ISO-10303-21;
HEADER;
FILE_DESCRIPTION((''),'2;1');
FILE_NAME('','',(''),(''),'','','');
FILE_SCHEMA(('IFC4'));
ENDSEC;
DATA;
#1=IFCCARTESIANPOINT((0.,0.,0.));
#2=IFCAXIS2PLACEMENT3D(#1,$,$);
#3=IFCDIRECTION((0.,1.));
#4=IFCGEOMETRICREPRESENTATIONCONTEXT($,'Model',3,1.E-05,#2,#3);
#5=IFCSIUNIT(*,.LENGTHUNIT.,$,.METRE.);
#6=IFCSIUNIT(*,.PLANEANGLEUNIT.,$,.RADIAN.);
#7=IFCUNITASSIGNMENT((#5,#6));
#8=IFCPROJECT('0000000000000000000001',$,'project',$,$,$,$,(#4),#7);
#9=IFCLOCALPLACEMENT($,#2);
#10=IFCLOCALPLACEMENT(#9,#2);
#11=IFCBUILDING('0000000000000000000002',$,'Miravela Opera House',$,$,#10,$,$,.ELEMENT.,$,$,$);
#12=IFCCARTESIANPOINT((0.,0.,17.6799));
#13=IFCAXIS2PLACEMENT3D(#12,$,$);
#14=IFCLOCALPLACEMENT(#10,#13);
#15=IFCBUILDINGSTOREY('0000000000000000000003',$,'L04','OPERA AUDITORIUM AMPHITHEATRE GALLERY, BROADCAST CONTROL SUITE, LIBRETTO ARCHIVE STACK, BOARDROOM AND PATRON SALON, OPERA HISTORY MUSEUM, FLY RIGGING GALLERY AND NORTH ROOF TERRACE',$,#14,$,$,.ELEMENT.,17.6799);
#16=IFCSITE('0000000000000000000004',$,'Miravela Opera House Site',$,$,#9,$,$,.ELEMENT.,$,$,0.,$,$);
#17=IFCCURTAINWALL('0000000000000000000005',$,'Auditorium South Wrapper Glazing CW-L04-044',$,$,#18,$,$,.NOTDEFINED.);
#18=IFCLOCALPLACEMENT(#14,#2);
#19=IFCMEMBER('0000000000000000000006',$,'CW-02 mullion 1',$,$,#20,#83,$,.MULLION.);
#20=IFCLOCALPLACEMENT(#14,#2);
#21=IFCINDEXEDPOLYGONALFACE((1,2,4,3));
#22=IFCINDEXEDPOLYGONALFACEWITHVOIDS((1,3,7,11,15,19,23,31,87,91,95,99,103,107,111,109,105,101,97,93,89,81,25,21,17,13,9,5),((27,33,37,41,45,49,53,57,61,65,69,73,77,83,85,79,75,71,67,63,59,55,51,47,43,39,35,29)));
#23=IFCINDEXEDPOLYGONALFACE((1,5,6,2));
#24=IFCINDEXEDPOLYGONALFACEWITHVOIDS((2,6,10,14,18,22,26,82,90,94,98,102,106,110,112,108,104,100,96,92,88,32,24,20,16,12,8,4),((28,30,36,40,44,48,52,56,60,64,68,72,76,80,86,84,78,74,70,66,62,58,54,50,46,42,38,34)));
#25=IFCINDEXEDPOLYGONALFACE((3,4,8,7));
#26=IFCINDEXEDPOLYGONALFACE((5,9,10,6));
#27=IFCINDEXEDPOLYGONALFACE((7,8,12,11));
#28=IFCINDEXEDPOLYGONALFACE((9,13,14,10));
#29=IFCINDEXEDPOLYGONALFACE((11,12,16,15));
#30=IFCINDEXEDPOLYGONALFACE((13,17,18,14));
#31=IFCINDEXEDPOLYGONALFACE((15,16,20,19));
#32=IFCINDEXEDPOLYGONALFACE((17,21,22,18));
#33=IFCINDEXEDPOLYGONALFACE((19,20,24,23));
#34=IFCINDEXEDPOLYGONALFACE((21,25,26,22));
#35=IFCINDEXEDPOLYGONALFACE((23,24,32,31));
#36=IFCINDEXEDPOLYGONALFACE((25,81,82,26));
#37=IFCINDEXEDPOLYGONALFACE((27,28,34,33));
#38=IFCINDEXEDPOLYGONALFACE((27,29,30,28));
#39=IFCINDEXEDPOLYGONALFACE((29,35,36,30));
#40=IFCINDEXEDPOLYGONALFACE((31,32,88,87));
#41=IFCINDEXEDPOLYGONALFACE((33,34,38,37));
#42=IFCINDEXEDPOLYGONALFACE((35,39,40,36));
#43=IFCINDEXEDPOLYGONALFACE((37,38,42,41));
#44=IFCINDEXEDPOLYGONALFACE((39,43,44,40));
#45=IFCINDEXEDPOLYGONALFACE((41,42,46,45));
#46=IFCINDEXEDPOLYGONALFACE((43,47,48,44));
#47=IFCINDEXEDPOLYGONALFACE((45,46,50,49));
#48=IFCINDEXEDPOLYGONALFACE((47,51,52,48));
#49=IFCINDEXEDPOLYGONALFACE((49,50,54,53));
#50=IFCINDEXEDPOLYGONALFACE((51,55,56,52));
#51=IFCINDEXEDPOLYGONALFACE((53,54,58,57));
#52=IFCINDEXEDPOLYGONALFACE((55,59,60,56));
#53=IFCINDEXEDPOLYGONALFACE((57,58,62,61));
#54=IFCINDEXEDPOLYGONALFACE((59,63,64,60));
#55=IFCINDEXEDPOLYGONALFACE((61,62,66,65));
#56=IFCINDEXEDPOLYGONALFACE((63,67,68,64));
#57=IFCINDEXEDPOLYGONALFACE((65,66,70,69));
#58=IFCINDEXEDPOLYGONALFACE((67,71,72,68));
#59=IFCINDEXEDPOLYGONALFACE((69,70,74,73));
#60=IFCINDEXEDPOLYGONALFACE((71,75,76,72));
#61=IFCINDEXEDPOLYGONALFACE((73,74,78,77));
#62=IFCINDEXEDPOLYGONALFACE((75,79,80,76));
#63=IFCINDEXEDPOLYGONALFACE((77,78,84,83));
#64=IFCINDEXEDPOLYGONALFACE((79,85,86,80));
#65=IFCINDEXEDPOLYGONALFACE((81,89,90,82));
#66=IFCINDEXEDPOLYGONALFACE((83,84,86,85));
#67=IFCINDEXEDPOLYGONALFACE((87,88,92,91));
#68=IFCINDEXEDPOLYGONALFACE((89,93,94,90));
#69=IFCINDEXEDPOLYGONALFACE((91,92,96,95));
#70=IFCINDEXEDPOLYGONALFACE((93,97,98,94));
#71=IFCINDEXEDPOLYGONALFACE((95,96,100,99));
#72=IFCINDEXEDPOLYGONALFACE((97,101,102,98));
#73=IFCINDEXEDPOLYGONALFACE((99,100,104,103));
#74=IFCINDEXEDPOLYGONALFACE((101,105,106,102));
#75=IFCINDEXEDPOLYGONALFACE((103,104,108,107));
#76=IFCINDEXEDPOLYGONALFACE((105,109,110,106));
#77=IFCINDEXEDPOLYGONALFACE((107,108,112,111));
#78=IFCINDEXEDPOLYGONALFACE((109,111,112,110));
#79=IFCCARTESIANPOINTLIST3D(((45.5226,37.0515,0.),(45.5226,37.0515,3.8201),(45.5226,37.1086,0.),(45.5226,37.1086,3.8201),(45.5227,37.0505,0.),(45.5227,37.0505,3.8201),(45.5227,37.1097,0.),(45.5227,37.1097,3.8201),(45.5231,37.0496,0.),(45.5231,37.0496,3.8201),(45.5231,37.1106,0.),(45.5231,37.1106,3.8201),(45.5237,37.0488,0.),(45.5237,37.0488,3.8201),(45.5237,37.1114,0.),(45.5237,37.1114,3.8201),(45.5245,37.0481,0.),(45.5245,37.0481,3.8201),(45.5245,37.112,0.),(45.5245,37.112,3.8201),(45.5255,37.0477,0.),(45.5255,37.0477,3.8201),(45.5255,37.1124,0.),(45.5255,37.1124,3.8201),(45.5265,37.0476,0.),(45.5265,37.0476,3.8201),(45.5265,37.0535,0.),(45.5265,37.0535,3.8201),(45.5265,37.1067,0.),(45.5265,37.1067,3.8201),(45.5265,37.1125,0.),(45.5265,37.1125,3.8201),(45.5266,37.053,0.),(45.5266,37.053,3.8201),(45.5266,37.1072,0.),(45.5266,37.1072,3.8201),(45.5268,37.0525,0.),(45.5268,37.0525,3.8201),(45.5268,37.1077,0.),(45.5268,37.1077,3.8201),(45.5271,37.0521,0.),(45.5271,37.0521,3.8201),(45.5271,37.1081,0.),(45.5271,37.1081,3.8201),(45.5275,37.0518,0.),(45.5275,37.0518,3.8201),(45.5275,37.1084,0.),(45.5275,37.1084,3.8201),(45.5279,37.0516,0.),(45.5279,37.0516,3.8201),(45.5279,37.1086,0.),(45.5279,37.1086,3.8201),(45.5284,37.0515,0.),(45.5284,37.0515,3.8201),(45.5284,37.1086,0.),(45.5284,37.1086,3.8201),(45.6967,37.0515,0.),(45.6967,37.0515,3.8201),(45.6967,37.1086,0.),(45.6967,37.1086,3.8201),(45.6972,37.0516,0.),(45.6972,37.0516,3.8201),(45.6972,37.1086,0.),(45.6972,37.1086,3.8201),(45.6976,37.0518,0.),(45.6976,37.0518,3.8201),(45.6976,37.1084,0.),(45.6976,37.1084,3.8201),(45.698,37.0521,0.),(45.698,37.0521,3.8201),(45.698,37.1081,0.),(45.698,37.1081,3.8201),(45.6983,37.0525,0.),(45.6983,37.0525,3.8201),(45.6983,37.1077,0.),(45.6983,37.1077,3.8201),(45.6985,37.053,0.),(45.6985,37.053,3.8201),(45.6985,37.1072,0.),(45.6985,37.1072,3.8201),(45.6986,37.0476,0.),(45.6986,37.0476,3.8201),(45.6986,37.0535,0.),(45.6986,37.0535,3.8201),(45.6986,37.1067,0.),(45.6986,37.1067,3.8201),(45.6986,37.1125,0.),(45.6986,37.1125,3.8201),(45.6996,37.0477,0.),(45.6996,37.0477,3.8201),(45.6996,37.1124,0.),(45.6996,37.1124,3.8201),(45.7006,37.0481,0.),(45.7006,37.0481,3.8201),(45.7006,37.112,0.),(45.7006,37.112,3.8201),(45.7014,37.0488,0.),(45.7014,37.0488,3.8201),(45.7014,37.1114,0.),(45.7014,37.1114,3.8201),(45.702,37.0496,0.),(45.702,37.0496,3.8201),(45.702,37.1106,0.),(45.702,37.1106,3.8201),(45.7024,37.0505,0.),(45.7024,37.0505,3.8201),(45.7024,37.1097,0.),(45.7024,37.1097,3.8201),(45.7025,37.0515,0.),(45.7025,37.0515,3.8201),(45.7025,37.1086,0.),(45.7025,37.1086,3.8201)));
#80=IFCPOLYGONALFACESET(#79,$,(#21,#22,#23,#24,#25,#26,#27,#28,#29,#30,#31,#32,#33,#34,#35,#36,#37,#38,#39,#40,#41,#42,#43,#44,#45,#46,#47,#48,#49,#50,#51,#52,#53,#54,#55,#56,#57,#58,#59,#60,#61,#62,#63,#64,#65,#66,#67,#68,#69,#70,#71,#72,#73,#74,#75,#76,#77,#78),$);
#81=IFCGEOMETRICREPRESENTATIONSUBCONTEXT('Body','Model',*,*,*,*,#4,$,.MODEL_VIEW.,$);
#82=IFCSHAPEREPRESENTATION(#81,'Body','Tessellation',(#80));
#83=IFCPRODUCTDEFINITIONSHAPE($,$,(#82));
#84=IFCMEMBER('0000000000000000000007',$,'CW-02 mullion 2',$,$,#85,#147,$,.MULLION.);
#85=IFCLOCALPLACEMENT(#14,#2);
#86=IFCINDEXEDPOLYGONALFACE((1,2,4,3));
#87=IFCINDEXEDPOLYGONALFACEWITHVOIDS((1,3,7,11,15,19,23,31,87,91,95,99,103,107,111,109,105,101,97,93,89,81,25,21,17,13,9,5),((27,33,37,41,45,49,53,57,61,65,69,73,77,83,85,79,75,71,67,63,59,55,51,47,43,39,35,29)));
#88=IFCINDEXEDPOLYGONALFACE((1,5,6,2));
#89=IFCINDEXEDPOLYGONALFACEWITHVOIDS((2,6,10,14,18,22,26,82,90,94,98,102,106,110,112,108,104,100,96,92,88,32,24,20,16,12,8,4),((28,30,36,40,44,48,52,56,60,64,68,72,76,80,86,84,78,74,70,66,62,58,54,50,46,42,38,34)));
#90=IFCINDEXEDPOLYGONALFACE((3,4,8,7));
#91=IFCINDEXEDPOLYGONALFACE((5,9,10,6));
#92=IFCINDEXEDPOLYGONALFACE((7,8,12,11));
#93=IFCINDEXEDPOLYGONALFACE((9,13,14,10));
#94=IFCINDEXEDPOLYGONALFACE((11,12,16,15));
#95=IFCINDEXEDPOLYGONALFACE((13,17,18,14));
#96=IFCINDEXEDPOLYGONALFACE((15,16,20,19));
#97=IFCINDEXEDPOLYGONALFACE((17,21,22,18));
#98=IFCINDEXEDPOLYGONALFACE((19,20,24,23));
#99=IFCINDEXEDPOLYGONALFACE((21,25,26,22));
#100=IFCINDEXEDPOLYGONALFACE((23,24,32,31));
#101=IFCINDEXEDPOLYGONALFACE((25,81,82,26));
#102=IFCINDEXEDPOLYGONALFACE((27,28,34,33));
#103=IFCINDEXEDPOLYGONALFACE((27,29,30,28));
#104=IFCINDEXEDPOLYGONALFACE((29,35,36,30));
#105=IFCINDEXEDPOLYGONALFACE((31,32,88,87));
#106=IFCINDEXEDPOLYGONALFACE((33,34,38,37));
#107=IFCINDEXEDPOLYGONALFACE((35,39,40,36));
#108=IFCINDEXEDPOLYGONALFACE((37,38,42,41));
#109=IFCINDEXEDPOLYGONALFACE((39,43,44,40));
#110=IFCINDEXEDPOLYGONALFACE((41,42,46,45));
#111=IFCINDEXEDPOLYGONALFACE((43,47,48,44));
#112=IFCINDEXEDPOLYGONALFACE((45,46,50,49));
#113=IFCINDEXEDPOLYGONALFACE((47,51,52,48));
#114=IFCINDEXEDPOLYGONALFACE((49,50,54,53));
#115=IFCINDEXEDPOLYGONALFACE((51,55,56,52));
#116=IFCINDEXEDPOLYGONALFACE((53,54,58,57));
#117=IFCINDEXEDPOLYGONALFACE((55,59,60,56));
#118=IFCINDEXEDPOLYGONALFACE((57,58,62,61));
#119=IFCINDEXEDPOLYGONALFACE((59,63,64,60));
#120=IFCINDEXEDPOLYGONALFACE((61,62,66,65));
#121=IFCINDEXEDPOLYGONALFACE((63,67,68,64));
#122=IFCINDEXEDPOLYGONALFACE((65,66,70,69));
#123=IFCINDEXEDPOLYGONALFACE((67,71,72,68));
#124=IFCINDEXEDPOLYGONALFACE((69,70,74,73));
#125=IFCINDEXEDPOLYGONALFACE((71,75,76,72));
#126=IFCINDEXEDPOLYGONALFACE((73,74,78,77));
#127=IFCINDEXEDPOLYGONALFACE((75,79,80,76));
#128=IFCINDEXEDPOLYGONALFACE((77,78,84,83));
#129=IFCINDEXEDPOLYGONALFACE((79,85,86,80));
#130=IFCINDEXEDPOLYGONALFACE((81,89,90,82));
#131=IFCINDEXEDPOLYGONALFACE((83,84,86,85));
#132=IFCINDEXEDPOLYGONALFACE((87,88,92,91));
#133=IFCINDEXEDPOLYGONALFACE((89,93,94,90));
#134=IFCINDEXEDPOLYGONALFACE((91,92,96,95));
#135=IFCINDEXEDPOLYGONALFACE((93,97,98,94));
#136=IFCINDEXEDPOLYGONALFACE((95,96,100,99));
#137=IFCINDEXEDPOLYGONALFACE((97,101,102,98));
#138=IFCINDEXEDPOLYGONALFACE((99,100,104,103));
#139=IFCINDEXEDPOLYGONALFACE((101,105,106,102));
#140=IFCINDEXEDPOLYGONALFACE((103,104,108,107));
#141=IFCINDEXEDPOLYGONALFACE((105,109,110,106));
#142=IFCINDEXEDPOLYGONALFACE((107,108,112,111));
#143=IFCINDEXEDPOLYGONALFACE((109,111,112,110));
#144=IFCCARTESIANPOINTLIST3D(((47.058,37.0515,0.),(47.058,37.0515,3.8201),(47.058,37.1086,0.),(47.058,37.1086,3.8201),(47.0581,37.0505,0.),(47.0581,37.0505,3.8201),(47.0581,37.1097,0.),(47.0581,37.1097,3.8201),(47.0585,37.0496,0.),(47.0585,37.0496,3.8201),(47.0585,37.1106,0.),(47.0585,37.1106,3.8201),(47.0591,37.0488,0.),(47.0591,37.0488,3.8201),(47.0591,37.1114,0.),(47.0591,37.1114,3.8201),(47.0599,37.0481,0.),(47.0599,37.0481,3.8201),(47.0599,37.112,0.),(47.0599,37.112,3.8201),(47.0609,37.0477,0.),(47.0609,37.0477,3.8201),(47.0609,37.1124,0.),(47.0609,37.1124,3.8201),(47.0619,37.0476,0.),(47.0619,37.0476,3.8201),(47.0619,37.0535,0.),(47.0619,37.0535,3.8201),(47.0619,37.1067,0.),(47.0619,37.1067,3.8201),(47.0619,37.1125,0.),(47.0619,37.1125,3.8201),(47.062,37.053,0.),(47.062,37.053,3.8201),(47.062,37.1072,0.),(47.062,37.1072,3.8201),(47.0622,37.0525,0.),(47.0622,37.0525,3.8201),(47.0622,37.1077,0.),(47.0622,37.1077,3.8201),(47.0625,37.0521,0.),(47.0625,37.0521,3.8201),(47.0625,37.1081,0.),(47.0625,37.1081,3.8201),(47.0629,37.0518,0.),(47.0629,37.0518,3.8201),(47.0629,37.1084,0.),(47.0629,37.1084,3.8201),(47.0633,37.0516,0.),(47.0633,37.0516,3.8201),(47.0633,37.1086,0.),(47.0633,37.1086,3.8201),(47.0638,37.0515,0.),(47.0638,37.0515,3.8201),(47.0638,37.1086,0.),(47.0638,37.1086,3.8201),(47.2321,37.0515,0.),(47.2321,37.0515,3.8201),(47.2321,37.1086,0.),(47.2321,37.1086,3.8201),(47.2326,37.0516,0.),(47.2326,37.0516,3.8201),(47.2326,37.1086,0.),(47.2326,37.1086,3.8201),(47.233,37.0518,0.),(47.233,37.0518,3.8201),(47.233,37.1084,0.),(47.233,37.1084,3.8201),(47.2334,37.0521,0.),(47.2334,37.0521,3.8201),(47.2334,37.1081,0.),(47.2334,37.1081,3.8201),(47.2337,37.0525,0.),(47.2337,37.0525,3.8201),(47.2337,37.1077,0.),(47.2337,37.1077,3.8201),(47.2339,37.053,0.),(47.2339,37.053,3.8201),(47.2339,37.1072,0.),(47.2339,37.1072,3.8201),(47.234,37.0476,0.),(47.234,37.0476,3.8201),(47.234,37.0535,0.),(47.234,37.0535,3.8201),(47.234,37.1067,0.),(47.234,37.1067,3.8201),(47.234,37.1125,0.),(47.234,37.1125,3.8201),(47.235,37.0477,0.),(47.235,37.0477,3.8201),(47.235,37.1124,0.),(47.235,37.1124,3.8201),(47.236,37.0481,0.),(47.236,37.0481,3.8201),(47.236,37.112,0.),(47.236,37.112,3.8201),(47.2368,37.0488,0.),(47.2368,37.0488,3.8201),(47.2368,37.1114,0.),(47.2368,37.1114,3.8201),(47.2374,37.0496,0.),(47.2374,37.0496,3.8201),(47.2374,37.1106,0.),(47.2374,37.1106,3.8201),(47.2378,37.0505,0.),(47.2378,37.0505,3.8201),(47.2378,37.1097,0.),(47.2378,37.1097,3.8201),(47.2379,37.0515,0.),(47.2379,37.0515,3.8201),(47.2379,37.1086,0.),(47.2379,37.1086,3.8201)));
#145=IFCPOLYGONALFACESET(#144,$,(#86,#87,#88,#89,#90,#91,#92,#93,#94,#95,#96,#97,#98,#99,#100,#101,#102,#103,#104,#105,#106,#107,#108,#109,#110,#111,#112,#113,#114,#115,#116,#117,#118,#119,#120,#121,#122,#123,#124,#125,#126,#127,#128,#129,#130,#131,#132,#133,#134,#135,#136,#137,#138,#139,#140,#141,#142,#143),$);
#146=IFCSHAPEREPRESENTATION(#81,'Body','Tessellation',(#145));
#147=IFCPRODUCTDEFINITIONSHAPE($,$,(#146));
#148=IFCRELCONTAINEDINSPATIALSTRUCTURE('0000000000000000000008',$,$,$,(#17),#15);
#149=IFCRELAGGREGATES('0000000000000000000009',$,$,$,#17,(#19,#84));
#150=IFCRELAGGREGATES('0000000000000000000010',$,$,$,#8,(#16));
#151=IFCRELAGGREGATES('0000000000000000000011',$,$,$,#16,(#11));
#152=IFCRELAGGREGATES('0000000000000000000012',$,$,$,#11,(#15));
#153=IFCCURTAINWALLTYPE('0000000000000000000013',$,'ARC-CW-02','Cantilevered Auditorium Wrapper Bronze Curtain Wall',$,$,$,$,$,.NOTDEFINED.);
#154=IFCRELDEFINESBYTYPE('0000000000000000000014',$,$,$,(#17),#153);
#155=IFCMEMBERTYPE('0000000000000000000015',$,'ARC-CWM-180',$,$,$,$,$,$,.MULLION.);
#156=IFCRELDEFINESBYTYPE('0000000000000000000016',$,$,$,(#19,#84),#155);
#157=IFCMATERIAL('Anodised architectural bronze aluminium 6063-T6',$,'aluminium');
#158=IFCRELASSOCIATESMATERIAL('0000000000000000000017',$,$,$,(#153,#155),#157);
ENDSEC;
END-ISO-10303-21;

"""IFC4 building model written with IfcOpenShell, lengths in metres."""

from ifc_helpers import new_model, si_unit, direction, frame, origin, origin_2d, place, context, subcontext, project, spatial, hollow_rectangle, extrude, material, material_profile, profile_set, type_object, element, aggregate, save


model = new_model("IFC4")

# Units and contexts
model_context = context("Model", 3, precision=1e-05, world=origin(), true_north=direction((0.0, 1.0)))
body_context = subcontext(model_context, "Body", "Model", "MODEL_VIEW")
ifc_project = project(units=[si_unit("LENGTHUNIT", "METRE"), si_unit("PLANEANGLEUNIT", "RADIAN")], contexts=[model_context])

# Site, building, storey
site_placement = place(None, origin())
site = spatial("IfcSite", under=ifc_project, at=site_placement, Name="Miravela Opera House Site", CompositionType="ELEMENT", RefElevation=0.0)
building_placement = place(site_placement, origin())
building = spatial("IfcBuilding", under=site, at=building_placement, Name="Miravela Opera House", CompositionType="ELEMENT")
storey_placement = place(building_placement, frame((0.0, 0.0, 17.6799)))
storey = spatial("IfcBuildingStorey", under=building, at=storey_placement, Name="L04", Description="OPERA AUDITORIUM AMPHITHEATRE GALLERY, BROADCAST CONTROL SUITE, LIBRETTO ARCHIVE STACK, BOARDROOM AND PATRON SALON, OPERA HISTORY MUSEUM, FLY RIGGING GALLERY AND NORTH ROOF TERRACE", CompositionType="ELEMENT", Elevation=17.6799)

# Curtain wall, members
ifc_material_1 = material(Name="Anodised architectural bronze aluminium 6063-T6", Category="aluminium")
curtain_wall_type = type_object("IfcCurtainWallType", Name="ARC-CW-02", Description="Cantilevered Auditorium Wrapper Bronze Curtain Wall", PredefinedType="NOTDEFINED", material=ifc_material_1)
ifc_material_profile_1 = material_profile(ifc_material_1, hollow_rectangle(XDim=0.0649, YDim=0.1799, WallThickness=0.0039, InnerFilletRadius=0.002, OuterFilletRadius=0.0039, at=origin_2d()), Name="CWM-65X180")
ifc_profile_set_1 = profile_set([ifc_material_profile_1])
member_type_1 = type_object("IfcMemberType", Name="ARC-CWM-180", PredefinedType="MULLION", material=ifc_profile_set_1)
curtain_wall_1_placement = place(storey_placement, origin())
curtain_wall_1 = element("IfcCurtainWall", 1, at=curtain_wall_1_placement, inside=storey, type_object=curtain_wall_type, Name="Auditorium South Wrapper Glazing CW-L04-044", PredefinedType="NOTDEFINED")
member_1_placement = place(storey_placement, frame((45.6125, 37.0801, 0.0), z_axis=(0.0, 0.0, 1.0), x_axis=(0.0, 1.0, 0.0)))
member_1 = element("IfcMember", 2, at=member_1_placement, type_object=member_type_1, Name="CW-02 mullion 1", PredefinedType="MULLION", context=body_context, shape_type="SweptSolid", body=[
    extrude(hollow_rectangle(XDim=0.0649, YDim=0.1799, WallThickness=0.0039, InnerFilletRadius=0.002, OuterFilletRadius=0.0039, at=origin_2d()), origin(), (0.0, 0.0, 1.0), 3.8201),
])
member_2_placement = place(storey_placement, frame((47.1479, 37.0801, 0.0), z_axis=(0.0, 0.0, 1.0), x_axis=(0.0, 1.0, 0.0)))
member_2 = element("IfcMember", 3, at=member_2_placement, type_object=member_type_1, Name="CW-02 mullion 2", PredefinedType="MULLION", context=body_context, shape_type="SweptSolid", body=[
    extrude(hollow_rectangle(XDim=0.0649, YDim=0.1799, WallThickness=0.0039, InnerFilletRadius=0.002, OuterFilletRadius=0.0039, at=origin_2d()), origin(), (0.0, 0.0, 1.0), 3.8201),
])

aggregate(curtain_wall_1, [member_1, member_2])

save(model, "model.ifc")
